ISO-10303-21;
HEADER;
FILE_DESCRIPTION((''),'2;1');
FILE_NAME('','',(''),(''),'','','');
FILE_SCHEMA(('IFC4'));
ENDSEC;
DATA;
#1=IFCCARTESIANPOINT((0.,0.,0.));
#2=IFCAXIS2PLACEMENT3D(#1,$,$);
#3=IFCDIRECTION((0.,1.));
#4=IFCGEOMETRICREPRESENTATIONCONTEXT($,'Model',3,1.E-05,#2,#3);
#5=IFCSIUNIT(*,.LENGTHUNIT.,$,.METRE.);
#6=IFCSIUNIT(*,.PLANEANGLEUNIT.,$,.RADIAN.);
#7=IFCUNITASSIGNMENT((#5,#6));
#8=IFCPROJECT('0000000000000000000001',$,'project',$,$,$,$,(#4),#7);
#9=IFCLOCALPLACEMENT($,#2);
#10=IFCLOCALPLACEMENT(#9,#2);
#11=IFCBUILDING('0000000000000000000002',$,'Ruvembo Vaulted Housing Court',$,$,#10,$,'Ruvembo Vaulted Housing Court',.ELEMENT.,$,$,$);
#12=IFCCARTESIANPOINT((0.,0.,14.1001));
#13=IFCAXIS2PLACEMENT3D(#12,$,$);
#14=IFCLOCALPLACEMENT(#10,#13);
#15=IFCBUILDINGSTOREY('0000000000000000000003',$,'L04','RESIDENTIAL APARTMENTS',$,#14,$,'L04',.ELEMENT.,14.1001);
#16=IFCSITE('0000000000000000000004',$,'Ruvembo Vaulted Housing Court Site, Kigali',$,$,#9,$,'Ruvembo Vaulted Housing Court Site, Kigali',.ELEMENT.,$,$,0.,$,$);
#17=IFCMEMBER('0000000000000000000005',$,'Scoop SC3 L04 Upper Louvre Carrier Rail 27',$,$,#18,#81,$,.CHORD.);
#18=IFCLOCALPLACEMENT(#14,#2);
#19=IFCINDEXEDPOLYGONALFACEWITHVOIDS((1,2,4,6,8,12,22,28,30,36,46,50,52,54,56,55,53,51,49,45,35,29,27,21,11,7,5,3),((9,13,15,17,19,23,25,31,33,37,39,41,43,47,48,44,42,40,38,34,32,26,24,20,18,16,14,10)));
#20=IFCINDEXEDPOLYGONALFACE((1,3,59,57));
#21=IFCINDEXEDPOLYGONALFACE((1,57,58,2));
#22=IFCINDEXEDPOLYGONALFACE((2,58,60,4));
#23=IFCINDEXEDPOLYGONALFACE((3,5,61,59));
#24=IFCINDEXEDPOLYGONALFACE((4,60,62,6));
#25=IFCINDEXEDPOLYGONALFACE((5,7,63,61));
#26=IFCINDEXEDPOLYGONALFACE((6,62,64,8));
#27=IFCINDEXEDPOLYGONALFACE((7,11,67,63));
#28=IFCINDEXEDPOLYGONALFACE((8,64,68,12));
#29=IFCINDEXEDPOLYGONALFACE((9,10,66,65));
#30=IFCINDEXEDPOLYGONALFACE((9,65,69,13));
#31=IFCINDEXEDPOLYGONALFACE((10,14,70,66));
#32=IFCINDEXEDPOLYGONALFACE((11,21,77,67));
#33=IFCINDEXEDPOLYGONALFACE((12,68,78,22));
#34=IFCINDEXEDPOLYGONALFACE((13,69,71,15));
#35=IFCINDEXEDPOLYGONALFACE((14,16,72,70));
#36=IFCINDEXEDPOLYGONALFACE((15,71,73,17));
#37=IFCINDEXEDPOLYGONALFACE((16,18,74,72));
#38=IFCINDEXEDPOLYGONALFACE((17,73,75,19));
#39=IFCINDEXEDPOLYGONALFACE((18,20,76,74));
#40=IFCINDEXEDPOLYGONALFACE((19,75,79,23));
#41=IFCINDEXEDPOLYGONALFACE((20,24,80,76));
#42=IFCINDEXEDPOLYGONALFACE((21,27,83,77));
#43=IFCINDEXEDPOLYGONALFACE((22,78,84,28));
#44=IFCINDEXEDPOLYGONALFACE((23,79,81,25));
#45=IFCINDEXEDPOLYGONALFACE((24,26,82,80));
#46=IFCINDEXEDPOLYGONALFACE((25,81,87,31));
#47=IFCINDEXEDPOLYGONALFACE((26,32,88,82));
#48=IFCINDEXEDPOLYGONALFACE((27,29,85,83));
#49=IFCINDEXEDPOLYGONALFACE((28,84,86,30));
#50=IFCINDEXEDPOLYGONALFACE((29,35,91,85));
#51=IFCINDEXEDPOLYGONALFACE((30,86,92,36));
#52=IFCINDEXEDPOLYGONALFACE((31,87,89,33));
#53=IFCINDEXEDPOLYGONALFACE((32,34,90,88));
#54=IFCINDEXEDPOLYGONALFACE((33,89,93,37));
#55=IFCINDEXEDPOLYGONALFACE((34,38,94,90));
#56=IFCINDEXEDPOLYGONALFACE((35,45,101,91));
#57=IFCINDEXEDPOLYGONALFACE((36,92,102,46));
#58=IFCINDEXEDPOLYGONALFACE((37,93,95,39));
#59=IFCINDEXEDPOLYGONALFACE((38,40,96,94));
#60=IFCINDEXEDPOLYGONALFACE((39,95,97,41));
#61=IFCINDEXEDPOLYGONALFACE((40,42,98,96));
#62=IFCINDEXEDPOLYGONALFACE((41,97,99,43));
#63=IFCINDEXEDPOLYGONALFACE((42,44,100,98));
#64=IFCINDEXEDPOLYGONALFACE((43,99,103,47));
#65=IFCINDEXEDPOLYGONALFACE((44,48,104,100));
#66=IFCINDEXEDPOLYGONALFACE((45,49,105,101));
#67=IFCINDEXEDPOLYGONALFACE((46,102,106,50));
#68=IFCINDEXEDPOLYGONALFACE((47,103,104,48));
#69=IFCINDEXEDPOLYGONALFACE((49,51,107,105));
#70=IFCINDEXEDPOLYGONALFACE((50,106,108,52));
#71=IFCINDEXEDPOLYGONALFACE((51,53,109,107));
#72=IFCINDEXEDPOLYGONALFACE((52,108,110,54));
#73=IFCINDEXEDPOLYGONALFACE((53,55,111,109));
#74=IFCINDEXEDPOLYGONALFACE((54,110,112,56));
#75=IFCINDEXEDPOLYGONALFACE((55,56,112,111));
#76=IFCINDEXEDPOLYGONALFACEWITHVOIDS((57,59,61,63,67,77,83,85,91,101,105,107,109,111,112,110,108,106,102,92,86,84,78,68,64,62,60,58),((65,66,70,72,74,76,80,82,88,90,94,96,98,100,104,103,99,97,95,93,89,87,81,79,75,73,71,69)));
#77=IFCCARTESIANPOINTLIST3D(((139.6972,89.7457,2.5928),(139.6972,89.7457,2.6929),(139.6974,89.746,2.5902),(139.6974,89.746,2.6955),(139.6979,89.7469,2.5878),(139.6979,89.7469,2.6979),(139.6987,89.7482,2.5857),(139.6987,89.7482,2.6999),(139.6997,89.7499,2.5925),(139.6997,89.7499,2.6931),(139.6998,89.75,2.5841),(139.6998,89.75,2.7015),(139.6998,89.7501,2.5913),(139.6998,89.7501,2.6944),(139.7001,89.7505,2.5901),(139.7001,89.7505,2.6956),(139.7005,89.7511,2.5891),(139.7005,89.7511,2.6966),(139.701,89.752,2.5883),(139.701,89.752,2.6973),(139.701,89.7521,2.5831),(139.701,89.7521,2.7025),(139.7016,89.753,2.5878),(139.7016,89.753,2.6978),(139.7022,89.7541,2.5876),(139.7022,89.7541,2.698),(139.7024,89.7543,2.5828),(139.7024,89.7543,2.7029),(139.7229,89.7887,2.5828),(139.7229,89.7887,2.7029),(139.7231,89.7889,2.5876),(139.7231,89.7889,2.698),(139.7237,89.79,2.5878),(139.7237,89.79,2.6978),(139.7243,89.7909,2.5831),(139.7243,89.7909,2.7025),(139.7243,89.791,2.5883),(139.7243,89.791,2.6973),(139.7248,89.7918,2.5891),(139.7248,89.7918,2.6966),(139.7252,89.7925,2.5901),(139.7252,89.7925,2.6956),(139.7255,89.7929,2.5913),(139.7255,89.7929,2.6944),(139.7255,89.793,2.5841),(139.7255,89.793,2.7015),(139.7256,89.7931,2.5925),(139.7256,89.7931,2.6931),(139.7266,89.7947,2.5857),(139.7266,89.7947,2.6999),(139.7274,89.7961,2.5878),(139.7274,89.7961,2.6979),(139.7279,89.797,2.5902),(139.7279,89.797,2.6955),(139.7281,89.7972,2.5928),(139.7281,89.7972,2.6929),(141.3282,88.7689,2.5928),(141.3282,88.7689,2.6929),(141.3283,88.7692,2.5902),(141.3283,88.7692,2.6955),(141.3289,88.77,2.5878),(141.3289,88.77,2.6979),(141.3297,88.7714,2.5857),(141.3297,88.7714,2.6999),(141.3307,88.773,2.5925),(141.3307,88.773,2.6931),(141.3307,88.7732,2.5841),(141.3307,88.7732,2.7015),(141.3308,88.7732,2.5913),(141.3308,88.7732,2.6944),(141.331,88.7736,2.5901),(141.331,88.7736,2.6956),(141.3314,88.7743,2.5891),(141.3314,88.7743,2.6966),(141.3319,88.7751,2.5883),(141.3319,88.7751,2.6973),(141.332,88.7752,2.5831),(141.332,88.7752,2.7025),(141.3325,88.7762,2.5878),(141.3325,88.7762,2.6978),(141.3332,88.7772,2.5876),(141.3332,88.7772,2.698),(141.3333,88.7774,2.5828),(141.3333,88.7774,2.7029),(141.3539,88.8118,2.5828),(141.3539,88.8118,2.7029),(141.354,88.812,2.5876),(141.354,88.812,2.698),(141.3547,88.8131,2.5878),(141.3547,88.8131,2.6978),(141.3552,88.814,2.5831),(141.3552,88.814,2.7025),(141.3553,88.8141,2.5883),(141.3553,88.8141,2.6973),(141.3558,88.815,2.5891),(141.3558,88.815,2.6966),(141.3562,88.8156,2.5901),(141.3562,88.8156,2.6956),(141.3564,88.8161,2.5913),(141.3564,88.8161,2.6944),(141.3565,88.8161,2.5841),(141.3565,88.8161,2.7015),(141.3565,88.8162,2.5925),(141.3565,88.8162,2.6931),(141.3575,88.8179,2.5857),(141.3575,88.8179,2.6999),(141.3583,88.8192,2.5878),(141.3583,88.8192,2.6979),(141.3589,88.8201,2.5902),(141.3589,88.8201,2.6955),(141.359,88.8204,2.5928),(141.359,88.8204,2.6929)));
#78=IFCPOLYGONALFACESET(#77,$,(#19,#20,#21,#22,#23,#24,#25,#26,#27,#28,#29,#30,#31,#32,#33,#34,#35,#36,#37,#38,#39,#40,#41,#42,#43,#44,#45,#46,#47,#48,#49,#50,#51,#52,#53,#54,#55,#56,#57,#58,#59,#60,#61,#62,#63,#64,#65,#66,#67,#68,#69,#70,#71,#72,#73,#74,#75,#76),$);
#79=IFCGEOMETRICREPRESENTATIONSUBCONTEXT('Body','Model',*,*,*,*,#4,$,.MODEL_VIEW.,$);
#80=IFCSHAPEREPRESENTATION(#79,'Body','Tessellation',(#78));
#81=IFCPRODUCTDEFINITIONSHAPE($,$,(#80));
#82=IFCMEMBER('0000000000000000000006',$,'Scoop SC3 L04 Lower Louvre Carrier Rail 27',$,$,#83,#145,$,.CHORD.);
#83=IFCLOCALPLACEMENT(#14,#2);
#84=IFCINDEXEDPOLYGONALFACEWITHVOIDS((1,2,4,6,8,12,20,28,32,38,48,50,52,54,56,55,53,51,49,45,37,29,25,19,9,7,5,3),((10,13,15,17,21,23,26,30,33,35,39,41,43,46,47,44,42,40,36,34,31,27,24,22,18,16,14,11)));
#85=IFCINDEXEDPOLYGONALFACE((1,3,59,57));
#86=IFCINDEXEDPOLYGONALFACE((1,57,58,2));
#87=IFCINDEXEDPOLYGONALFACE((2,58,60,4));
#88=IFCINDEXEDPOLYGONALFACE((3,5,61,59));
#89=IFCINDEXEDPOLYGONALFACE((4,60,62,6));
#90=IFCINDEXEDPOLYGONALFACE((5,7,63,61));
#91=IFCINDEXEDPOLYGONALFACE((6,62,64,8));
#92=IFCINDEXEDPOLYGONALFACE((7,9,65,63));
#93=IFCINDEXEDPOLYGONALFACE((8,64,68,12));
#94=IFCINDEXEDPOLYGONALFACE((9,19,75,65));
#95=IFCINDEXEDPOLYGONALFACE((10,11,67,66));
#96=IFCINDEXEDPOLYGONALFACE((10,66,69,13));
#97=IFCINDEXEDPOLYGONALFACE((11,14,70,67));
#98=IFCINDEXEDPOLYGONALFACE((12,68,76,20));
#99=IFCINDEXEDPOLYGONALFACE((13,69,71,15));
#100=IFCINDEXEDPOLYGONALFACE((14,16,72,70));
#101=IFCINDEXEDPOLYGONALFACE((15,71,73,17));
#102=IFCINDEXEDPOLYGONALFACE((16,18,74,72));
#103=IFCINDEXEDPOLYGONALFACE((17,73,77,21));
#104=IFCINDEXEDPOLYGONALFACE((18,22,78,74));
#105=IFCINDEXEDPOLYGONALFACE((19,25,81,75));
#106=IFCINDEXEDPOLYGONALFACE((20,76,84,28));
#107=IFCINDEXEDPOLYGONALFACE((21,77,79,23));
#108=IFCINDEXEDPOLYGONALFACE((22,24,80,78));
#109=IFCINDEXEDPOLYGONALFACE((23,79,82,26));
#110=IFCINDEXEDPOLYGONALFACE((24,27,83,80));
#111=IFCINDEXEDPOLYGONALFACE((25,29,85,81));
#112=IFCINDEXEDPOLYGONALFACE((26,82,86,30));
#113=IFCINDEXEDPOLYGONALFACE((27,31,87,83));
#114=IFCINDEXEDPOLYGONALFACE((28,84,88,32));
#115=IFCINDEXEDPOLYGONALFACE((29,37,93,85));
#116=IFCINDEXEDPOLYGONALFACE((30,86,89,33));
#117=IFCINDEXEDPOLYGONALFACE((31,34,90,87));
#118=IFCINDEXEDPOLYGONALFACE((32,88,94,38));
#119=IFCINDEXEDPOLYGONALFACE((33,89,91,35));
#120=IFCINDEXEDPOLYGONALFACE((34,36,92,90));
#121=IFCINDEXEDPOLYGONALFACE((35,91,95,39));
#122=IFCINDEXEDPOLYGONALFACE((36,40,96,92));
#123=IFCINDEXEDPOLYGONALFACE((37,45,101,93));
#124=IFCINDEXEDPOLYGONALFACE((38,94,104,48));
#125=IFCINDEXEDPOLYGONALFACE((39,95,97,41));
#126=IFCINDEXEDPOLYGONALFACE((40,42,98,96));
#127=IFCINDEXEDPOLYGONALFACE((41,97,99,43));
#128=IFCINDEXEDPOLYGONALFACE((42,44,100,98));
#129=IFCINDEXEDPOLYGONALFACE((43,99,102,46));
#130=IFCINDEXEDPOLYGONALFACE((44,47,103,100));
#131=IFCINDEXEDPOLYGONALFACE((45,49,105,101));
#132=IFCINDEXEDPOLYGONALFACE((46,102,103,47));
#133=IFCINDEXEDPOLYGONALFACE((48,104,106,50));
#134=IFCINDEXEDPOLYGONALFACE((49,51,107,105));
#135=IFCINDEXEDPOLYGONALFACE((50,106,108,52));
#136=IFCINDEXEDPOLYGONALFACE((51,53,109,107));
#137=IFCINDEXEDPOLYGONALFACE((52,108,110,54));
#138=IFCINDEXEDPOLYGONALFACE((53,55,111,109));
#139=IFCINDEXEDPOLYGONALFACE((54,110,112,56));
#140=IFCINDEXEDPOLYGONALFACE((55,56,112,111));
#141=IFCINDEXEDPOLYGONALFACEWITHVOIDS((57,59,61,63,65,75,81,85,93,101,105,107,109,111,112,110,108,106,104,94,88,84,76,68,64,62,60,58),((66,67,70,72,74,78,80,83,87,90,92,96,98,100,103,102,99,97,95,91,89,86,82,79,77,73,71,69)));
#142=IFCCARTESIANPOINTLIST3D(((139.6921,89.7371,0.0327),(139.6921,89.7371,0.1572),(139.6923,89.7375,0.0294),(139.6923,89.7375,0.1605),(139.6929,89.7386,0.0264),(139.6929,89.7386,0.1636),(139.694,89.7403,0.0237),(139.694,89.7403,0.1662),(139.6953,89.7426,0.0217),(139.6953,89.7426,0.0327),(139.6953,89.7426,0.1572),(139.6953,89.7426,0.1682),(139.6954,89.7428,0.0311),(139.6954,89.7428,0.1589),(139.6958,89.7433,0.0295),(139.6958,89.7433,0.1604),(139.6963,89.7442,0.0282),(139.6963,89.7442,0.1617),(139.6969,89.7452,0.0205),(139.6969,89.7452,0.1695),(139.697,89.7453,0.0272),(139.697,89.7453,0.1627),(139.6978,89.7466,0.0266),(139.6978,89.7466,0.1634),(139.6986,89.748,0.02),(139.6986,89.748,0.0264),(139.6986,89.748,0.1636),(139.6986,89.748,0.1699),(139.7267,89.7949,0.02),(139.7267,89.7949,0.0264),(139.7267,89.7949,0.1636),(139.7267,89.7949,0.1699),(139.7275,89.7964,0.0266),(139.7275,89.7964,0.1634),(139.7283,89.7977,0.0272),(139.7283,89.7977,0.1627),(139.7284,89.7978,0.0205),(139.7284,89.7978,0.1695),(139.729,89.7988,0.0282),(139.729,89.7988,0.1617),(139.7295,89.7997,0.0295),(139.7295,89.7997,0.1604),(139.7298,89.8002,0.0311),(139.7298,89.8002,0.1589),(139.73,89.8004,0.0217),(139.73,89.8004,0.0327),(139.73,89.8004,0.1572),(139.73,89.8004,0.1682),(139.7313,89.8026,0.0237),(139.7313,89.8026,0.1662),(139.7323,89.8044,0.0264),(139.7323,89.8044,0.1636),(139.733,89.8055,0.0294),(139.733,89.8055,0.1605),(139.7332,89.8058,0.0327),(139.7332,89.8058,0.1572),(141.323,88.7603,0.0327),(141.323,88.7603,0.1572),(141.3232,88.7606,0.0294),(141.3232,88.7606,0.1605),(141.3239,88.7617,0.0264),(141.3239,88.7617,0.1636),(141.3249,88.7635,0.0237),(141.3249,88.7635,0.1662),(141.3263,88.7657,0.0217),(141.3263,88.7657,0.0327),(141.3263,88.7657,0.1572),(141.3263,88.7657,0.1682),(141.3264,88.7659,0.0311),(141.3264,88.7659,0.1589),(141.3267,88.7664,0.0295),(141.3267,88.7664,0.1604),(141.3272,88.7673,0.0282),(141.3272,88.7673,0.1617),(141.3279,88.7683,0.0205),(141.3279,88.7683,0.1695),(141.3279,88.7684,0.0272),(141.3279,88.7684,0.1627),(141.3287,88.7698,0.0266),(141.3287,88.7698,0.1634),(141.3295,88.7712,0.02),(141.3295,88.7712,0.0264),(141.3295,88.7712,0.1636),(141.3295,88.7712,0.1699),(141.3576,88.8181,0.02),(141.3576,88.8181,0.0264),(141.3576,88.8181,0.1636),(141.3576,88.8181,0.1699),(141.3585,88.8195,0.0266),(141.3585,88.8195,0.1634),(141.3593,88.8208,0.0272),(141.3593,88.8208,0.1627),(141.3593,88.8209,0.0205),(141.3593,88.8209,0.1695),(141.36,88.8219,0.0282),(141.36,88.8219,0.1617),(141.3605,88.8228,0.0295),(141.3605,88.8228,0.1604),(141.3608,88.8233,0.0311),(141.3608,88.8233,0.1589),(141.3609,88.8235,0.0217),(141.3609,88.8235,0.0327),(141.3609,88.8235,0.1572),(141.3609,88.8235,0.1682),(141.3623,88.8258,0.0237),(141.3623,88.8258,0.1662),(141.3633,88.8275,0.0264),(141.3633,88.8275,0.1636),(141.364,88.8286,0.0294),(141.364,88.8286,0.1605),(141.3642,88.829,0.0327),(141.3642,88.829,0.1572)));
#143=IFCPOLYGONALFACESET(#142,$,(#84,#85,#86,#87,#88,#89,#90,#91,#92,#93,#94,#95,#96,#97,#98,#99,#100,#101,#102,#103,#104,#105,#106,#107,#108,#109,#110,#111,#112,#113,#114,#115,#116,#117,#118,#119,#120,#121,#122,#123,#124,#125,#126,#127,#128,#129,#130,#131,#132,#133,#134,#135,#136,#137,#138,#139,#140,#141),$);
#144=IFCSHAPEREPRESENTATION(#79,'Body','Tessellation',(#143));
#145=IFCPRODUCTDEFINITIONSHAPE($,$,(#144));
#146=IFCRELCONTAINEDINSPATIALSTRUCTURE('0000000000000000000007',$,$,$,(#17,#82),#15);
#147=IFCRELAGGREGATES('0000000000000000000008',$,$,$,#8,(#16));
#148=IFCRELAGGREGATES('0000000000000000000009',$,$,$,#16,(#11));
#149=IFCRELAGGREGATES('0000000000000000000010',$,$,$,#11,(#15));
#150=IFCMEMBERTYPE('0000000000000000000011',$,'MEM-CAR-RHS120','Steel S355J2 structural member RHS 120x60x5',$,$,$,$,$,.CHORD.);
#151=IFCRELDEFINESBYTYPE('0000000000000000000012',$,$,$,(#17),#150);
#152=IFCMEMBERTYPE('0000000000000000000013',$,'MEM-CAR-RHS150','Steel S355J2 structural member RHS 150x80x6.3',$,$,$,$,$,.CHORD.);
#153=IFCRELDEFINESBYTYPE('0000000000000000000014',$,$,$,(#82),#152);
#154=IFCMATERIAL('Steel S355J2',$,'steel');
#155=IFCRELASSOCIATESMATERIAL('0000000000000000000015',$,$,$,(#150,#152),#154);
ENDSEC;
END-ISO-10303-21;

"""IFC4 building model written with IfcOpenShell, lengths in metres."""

from ifc_helpers import new_model, si_unit, direction, frame, origin, origin_2d, place, context, subcontext, project, spatial, hollow_rectangle, extrude, material, material_profile, profile_set, type_object, element, save


model = new_model("IFC4")

# Units and contexts
model_context = context("Model", 3, precision=1e-05, world=origin(), true_north=direction((0.0, 1.0)))
body_context = subcontext(model_context, "Body", "Model", "MODEL_VIEW")
ifc_project = project(units=[si_unit("LENGTHUNIT", "METRE"), si_unit("PLANEANGLEUNIT", "RADIAN")], contexts=[model_context])

# Site, building, storey
site_placement = place(None, origin())
site = spatial("IfcSite", under=ifc_project, at=site_placement, Name="Ruvembo Vaulted Housing Court Site, Kigali", LongName="Ruvembo Vaulted Housing Court Site, Kigali", CompositionType="ELEMENT", RefElevation=0.0)
building_placement = place(site_placement, origin())
building = spatial("IfcBuilding", under=site, at=building_placement, Name="Ruvembo Vaulted Housing Court", LongName="Ruvembo Vaulted Housing Court", CompositionType="ELEMENT")
storey_placement = place(building_placement, frame((0.0, 0.0, 14.1001)))
storey = spatial("IfcBuildingStorey", under=building, at=storey_placement, Name="L04", Description="RESIDENTIAL APARTMENTS", LongName="L04", CompositionType="ELEMENT", Elevation=14.1001)

# Shared definitions
ifc_material_1 = material(Name="Steel S355J2", Category="steel")

# Members
ifc_material_profile_1 = material_profile(ifc_material_1, hollow_rectangle(XDim=0.0601, YDim=0.1201, WallThickness=0.0049, InnerFilletRadius=0.0049, OuterFilletRadius=0.01, at=origin_2d()), Name="RHS 120x60x5")
ifc_profile_set_1 = profile_set([ifc_material_profile_1], Name="Steel S355J2")
member_type_1 = type_object("IfcMemberType", Name="MEM-CAR-RHS120", Description="Steel S355J2 structural member RHS 120x60x5", PredefinedType="CHORD", material=ifc_profile_set_1)
member_1_placement = place(storey_placement, frame((139.7126, 89.7715, 2.6428), z_axis=(0.857889, -0.513835, 0.0), x_axis=(0.513835, 0.857889, 0.0)))
element("IfcMember", 1, at=member_1_placement, inside=storey, type_object=member_type_1, Name="Scoop SC3 L04 Upper Louvre Carrier Rail 27", PredefinedType="CHORD", context=body_context, shape_type="SweptSolid", body=[
    extrude(hollow_rectangle(XDim=0.0601, YDim=0.1201, WallThickness=0.0049, InnerFilletRadius=0.0049, OuterFilletRadius=0.01, at=origin_2d()), origin(), (0.0, 0.0, 1.0), 1.9011),
])
ifc_material_profile_2 = material_profile(ifc_material_1, hollow_rectangle(XDim=0.0801, YDim=0.1499, WallThickness=0.0063, InnerFilletRadius=0.0063, OuterFilletRadius=0.0127, at=origin_2d()), Name="RHS 150x80x6.3")
ifc_profile_set_2 = profile_set([ifc_material_profile_2], Name="Steel S355J2")
member_type_2 = type_object("IfcMemberType", Name="MEM-CAR-RHS150", Description="Steel S355J2 structural member RHS 150x80x6.3", PredefinedType="CHORD", material=ifc_profile_set_2)
member_2_placement = place(storey_placement, frame((139.7126, 89.7715, 0.095), z_axis=(0.857889, -0.513835, 0.0), x_axis=(0.513835, 0.857889, 0.0)))
element("IfcMember", 2, at=member_2_placement, inside=storey, type_object=member_type_2, Name="Scoop SC3 L04 Lower Louvre Carrier Rail 27", PredefinedType="CHORD", context=body_context, shape_type="SweptSolid", body=[
    extrude(hollow_rectangle(XDim=0.0801, YDim=0.1499, WallThickness=0.0063, InnerFilletRadius=0.0063, OuterFilletRadius=0.0127, at=origin_2d()), origin(), (0.0, 0.0, 1.0), 1.9011),
])

save(model, "model.ifc")
